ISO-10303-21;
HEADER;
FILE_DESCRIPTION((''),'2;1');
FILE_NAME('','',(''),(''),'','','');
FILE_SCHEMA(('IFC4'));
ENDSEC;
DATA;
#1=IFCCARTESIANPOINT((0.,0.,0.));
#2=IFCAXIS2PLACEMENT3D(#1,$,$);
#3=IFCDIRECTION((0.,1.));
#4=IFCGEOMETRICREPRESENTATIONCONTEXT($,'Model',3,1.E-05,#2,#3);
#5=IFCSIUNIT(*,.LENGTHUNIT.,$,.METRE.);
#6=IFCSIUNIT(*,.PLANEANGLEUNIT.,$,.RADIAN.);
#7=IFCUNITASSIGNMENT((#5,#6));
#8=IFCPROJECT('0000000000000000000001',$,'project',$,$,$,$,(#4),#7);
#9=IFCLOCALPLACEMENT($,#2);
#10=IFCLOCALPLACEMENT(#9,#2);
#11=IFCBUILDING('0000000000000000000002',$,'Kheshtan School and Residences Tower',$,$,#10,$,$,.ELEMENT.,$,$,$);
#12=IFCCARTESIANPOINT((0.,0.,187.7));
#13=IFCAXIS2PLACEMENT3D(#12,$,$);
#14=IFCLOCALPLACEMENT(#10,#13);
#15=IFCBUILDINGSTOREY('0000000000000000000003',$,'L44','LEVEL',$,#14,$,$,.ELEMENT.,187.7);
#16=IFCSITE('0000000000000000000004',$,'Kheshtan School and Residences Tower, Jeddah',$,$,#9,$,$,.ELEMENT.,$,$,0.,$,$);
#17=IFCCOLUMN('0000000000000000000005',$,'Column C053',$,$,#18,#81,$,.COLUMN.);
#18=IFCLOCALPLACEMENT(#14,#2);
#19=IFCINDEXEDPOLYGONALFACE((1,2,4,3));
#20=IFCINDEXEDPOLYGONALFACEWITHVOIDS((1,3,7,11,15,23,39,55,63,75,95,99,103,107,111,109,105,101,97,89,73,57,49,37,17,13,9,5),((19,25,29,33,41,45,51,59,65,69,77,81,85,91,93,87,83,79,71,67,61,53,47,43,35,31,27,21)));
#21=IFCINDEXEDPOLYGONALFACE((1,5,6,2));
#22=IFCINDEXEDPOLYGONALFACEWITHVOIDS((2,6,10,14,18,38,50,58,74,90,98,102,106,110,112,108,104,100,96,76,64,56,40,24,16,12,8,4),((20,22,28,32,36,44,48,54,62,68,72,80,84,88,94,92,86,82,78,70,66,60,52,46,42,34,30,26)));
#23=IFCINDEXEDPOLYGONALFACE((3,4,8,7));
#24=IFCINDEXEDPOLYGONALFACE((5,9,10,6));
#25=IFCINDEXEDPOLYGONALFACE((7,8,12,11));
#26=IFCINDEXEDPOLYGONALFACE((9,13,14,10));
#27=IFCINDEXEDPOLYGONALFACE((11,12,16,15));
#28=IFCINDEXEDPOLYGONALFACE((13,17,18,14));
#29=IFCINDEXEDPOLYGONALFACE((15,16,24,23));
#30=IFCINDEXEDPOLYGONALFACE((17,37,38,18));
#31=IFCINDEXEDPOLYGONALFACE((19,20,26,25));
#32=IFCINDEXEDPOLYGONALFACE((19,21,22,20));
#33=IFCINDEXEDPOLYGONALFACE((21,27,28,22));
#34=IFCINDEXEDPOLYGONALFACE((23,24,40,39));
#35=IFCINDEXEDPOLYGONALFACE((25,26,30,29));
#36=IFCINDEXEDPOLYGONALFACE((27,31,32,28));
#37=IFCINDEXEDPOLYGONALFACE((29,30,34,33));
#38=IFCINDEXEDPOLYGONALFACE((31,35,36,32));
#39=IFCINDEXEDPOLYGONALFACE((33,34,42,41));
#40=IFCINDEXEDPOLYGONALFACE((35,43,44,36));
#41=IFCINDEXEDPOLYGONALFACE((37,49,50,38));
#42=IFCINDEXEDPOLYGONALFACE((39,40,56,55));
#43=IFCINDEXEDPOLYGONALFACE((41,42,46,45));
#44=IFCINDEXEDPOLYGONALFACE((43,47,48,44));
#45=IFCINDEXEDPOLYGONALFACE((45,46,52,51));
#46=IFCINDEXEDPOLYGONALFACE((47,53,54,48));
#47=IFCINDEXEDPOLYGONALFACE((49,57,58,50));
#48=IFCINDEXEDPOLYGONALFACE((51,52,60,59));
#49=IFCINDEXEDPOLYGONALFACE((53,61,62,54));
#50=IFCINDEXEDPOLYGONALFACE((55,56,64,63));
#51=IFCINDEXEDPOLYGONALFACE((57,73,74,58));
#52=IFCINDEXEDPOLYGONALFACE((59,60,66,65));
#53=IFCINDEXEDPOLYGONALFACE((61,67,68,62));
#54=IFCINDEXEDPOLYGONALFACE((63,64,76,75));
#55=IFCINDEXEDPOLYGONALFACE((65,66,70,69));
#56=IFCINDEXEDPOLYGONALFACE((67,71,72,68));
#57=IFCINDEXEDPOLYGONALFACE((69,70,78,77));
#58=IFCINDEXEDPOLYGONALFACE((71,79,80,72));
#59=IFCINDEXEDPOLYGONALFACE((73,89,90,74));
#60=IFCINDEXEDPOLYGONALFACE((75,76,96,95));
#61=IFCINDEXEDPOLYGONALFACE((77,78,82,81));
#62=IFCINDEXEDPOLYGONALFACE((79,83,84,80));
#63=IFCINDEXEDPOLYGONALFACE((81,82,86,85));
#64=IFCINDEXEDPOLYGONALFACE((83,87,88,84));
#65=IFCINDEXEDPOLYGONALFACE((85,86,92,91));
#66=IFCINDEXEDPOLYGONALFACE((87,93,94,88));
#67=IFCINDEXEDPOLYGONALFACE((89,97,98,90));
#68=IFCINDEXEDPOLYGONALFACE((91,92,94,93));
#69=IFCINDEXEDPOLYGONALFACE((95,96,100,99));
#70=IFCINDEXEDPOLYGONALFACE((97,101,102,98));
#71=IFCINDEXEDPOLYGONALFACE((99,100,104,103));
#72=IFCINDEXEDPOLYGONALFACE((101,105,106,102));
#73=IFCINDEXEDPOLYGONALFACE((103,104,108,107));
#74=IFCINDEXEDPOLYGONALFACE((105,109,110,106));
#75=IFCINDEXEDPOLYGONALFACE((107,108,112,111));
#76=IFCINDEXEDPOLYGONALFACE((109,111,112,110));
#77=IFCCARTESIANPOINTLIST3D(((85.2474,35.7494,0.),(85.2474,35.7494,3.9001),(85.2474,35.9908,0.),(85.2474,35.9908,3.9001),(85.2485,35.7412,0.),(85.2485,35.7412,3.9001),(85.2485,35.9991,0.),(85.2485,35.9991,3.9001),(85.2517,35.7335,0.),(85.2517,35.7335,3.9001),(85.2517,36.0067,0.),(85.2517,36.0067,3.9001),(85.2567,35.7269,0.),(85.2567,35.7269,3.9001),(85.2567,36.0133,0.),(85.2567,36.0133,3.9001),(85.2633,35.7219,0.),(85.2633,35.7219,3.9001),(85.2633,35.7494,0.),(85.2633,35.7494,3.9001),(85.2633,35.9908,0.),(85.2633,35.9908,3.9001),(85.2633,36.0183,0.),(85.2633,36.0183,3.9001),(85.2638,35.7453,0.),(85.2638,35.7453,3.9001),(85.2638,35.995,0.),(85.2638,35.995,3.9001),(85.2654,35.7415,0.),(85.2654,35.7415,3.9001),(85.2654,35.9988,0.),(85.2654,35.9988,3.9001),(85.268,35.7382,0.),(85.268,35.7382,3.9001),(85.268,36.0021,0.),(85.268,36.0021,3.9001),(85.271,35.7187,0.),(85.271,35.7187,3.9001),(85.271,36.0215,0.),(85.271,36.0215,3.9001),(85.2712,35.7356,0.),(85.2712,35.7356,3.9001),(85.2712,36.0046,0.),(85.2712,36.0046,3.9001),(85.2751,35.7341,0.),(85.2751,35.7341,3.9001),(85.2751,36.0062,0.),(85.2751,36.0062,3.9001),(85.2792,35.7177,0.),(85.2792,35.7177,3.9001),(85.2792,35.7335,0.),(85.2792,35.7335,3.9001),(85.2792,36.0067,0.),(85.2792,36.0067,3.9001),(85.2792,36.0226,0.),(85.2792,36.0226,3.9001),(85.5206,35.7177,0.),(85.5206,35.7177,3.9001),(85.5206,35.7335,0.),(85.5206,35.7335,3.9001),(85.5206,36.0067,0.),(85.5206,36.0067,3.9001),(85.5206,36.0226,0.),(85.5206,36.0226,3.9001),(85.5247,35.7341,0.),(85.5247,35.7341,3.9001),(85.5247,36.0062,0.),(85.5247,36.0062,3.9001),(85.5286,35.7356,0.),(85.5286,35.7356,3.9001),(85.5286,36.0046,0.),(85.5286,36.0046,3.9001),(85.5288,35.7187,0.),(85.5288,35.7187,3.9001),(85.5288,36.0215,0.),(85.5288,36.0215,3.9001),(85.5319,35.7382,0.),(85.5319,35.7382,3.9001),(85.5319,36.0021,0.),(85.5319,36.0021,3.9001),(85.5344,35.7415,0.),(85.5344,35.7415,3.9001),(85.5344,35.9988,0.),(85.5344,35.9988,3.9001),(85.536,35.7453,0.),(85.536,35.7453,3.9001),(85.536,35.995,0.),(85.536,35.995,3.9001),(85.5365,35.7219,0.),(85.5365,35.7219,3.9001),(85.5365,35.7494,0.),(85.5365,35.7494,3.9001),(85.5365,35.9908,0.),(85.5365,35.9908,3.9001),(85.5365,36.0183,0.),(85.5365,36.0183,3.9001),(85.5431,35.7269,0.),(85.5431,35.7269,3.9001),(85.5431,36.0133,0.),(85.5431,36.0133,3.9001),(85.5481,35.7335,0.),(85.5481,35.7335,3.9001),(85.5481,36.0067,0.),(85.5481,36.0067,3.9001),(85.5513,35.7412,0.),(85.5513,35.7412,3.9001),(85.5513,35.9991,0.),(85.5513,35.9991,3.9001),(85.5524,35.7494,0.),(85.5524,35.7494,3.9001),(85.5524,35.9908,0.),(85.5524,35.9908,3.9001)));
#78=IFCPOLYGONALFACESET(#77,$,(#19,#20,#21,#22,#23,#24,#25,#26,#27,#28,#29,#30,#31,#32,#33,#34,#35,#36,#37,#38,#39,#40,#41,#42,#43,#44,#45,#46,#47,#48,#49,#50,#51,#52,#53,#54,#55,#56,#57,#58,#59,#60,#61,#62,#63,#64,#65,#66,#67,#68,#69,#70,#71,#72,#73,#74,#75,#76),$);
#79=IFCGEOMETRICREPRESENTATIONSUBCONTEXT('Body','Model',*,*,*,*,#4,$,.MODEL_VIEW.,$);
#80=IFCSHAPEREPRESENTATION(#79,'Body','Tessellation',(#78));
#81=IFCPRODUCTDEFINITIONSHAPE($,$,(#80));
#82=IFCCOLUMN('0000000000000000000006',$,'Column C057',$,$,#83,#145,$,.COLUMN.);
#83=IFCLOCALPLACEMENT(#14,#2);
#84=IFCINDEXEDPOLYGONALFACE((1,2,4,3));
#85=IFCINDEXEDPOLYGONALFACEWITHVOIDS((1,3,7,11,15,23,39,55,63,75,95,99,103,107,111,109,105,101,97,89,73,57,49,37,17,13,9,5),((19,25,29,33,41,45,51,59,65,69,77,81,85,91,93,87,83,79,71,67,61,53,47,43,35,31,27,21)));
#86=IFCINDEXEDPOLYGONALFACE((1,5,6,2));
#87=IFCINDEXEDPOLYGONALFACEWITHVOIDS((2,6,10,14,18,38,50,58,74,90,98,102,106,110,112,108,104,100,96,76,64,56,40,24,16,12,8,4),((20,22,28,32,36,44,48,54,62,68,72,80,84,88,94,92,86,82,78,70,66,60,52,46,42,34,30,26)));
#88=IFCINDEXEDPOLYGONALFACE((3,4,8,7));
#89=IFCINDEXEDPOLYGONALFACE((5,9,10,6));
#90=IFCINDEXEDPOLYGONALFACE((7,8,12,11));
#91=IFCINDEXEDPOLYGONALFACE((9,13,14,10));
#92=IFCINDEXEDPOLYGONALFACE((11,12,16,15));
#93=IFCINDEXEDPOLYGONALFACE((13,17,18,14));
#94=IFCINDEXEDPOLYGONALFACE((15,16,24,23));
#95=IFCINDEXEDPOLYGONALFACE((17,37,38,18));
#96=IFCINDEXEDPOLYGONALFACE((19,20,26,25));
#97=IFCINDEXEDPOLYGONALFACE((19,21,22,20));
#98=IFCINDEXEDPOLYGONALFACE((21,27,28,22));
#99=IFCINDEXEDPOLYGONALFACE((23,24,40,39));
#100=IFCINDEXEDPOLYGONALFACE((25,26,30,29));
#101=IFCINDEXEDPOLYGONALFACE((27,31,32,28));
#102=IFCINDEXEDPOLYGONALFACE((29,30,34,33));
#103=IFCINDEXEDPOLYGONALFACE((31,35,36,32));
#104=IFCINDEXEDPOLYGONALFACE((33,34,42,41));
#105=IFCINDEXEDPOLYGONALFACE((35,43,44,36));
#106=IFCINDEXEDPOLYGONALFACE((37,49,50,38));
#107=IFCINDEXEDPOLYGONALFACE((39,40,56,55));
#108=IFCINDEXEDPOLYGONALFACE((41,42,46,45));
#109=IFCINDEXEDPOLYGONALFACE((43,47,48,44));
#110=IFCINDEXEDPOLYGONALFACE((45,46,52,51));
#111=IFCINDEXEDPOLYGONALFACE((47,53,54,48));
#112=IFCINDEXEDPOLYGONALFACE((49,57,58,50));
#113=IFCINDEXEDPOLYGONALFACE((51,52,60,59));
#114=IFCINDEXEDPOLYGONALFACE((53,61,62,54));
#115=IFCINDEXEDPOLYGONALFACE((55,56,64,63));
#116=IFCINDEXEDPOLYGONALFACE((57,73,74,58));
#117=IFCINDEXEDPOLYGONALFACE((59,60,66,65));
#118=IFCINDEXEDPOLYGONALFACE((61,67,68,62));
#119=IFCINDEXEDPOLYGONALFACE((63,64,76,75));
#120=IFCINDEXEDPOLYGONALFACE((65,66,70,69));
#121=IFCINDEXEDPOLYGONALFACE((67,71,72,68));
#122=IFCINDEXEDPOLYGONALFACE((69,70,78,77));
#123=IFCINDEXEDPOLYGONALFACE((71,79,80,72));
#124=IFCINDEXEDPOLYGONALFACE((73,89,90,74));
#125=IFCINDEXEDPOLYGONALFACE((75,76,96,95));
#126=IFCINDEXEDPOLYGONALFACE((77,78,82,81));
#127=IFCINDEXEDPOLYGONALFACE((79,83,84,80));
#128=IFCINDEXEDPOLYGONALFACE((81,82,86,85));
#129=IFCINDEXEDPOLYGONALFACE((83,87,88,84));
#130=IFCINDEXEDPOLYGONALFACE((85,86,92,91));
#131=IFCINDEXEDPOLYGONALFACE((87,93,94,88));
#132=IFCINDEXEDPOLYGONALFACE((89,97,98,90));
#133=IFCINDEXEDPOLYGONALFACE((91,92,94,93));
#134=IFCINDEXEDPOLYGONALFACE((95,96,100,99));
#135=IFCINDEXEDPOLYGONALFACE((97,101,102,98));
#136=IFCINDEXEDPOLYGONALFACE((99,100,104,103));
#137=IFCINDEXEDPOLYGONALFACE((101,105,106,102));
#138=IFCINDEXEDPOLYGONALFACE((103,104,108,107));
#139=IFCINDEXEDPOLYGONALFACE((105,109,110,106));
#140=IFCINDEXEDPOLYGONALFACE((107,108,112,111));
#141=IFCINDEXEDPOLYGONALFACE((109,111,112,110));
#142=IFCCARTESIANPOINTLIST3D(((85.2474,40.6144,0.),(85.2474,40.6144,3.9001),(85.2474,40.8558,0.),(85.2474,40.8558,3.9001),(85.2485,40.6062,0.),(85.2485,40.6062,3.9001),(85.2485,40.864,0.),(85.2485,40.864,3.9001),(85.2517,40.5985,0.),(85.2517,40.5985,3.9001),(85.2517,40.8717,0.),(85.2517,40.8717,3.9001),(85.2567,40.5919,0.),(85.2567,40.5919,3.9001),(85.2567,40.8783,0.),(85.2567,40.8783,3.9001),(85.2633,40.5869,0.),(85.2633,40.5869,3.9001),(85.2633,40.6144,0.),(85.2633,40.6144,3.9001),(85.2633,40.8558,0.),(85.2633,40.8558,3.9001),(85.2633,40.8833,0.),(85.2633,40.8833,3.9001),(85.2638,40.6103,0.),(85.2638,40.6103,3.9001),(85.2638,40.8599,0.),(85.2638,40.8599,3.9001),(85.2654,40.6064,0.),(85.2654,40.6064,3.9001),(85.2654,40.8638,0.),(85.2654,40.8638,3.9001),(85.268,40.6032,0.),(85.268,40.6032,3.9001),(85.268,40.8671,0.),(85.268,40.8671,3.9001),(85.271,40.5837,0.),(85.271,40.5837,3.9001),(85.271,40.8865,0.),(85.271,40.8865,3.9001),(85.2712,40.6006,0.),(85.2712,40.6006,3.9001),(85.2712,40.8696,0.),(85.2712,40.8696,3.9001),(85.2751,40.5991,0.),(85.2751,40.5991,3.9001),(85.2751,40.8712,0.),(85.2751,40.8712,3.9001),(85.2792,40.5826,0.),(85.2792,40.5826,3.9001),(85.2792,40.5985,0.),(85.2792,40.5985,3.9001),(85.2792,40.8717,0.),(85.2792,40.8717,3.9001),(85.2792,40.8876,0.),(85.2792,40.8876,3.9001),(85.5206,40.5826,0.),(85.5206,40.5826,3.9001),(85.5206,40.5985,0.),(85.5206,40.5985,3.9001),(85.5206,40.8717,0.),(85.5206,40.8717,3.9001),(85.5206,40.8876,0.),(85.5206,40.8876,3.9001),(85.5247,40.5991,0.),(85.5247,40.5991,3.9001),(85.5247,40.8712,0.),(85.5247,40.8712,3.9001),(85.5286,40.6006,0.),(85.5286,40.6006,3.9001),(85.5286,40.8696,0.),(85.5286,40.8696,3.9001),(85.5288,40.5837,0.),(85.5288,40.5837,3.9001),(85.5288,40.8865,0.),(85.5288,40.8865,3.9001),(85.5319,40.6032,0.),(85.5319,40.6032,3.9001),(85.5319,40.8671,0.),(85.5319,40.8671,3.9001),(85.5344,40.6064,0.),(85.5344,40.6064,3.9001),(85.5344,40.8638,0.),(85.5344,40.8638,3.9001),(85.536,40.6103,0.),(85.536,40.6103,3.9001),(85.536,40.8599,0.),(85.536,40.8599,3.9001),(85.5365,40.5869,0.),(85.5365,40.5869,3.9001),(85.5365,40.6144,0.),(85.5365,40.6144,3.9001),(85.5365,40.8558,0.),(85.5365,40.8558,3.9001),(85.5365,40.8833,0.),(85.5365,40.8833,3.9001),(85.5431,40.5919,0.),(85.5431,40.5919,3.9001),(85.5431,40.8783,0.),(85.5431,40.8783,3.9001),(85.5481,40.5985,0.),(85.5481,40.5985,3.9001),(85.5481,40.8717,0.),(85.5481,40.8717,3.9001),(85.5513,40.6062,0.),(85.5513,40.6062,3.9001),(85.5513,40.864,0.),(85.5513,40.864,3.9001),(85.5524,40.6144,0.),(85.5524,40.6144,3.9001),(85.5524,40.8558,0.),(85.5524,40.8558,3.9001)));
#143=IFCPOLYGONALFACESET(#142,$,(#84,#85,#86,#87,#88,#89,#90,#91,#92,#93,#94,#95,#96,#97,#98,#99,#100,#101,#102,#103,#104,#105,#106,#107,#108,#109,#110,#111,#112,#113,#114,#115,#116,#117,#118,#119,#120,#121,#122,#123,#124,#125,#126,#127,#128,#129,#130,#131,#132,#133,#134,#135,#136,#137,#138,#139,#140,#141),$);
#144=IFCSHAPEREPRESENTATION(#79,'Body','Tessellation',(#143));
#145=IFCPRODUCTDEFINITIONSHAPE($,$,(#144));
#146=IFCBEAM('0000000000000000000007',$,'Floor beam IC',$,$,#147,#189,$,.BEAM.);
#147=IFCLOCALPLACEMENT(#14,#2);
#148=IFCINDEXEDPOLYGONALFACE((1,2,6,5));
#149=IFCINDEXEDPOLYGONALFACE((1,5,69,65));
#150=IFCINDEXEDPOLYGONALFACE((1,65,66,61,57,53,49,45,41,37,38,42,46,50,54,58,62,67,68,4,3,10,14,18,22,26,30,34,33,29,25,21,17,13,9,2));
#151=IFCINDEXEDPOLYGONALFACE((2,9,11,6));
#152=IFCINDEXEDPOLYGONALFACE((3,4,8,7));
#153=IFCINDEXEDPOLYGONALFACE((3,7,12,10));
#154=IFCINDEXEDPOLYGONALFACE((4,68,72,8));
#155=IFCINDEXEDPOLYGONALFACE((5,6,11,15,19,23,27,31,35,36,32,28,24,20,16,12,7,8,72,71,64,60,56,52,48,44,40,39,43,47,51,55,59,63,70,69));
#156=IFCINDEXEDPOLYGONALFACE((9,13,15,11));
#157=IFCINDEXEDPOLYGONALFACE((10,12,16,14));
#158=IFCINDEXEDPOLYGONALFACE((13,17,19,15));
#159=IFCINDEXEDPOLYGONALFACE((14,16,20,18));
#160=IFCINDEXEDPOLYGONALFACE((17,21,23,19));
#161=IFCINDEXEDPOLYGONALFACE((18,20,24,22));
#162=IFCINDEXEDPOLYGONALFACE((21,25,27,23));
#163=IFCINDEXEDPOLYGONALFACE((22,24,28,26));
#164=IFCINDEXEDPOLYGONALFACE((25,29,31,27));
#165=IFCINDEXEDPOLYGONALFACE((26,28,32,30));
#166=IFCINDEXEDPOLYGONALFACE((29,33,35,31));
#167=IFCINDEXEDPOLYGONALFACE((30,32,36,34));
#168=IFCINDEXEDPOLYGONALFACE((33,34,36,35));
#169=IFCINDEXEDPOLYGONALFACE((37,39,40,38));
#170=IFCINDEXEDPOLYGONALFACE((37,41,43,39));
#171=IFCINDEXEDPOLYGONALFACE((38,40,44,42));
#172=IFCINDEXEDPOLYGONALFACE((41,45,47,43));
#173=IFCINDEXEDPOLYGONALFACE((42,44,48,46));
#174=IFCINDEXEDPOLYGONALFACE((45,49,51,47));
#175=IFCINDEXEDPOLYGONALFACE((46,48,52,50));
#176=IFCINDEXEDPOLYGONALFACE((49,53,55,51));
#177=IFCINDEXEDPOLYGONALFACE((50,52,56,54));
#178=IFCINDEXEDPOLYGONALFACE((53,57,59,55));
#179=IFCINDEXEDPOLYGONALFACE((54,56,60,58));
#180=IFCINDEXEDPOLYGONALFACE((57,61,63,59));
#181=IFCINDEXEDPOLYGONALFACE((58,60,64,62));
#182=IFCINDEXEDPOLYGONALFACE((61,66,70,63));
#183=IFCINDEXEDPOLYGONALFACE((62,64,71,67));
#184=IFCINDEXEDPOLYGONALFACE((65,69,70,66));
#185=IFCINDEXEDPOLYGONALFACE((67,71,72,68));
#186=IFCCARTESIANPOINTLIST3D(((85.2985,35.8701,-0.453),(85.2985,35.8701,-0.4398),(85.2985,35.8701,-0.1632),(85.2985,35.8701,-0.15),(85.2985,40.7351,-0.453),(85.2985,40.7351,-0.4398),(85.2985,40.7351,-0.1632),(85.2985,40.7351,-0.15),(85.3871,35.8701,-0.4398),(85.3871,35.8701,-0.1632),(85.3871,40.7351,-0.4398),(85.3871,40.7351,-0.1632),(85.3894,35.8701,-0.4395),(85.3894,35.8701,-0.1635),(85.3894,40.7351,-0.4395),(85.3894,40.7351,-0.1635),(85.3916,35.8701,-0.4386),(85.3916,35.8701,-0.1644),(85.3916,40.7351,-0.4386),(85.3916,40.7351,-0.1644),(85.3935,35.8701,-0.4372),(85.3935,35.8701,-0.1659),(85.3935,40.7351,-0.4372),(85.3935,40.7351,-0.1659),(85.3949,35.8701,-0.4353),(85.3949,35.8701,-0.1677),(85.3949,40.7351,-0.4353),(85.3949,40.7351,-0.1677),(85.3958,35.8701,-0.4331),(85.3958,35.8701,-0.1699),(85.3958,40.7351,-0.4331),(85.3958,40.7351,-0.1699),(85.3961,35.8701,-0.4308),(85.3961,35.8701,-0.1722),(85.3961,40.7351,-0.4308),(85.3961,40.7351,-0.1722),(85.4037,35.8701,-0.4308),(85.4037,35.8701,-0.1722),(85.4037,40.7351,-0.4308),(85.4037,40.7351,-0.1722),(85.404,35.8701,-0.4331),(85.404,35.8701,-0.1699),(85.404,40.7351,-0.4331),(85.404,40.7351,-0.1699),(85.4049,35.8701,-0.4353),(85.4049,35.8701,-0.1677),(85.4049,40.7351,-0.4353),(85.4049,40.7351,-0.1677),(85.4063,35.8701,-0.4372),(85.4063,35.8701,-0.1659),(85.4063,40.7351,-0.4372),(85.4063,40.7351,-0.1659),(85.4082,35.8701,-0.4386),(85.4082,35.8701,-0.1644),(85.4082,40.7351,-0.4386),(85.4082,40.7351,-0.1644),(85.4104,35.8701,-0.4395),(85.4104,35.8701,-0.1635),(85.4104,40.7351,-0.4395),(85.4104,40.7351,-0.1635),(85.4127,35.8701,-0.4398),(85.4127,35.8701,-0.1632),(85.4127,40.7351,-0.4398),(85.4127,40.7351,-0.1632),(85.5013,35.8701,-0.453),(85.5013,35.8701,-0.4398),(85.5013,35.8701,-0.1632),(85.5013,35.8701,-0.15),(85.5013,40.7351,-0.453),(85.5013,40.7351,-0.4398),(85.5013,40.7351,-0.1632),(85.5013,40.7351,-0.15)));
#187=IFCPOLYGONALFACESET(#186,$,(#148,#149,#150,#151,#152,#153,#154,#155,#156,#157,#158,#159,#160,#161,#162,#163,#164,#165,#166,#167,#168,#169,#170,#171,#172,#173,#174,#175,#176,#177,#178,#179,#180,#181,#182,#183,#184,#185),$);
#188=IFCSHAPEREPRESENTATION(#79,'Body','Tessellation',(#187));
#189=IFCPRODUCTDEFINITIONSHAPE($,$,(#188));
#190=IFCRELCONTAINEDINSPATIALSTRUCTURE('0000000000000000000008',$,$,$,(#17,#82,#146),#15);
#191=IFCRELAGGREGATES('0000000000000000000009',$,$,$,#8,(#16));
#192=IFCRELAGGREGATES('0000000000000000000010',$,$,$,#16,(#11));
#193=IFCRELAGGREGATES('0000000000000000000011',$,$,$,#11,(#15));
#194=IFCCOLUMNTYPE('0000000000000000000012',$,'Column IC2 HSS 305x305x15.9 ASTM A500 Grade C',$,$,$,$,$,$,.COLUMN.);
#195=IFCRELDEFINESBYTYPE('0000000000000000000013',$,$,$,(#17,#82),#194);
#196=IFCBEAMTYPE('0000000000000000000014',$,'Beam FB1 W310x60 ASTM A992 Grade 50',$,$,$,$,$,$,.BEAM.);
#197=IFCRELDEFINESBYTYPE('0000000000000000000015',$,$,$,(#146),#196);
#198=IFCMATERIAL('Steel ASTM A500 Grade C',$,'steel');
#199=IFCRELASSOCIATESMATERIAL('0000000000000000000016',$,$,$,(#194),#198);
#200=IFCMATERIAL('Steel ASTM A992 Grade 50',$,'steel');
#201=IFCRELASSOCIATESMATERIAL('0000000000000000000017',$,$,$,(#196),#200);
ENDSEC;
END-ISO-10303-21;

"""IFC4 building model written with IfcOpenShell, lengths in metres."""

from ifc_helpers import new_model, si_unit, direction, frame, origin, origin_2d, place, context, subcontext, project, spatial, hollow_rectangle, i_section, extrude, material, material_profile, profile_set, type_object, element, save


model = new_model("IFC4")

# Units and contexts
model_context = context("Model", 3, precision=1e-05, world=origin(), true_north=direction((0.0, 1.0)))
body_context = subcontext(model_context, "Body", "Model", "MODEL_VIEW")
ifc_project = project(units=[si_unit("LENGTHUNIT", "METRE"), si_unit("PLANEANGLEUNIT", "RADIAN")], contexts=[model_context])

# Site, building, storey
site_placement = place(None, origin())
site = spatial("IfcSite", under=ifc_project, at=site_placement, Name="Kheshtan School and Residences Tower, Jeddah", CompositionType="ELEMENT", RefElevation=0.0)
building_placement = place(site_placement, origin())
building = spatial("IfcBuilding", under=site, at=building_placement, Name="Kheshtan School and Residences Tower", CompositionType="ELEMENT")
storey_placement = place(building_placement, frame((0.0, 0.0, 187.7)))
storey = spatial("IfcBuildingStorey", under=building, at=storey_placement, Name="L44", Description="LEVEL", CompositionType="ELEMENT", Elevation=187.7)

# Columns
ifc_material_1 = material(Name="Steel ASTM A500 Grade C", Category="steel")
ifc_material_profile_1 = material_profile(ifc_material_1, hollow_rectangle(XDim=0.3049, YDim=0.3049, WallThickness=0.0159, InnerFilletRadius=0.0159, OuterFilletRadius=0.0317, at=origin_2d()), Name="HSS 305x305x15.9")
ifc_profile_set_1 = profile_set([ifc_material_profile_1], Name="Steel ASTM A500 Grade C")
column_type = type_object("IfcColumnType", Name="Column IC2 HSS 305x305x15.9 ASTM A500 Grade C", PredefinedType="COLUMN", material=ifc_profile_set_1)
for number, where, z_axis, x_axis, name in (
    (1, (85.3999, 35.8701, 0.0), (0.0, 0.0, 1.0), (1.0, 0.0, 0.0), "Column C053"),
    (2, (85.3999, 40.7351, 0.0), (0.0, 0.0, 1.0), (1.0, 0.0, 0.0), "Column C057"),
):
    element("IfcColumn", number, at=place(storey_placement, frame(where, z_axis=z_axis, x_axis=x_axis)), inside=storey, type_object=column_type, Name=name, PredefinedType="COLUMN", context=body_context, shape_type="SweptSolid", body=[
        extrude(hollow_rectangle(XDim=0.3049, YDim=0.3049, WallThickness=0.0159, InnerFilletRadius=0.0159, OuterFilletRadius=0.0317, at=origin_2d()), origin(), (0.0, 0.0, 1.0), 3.9001),
    ])

# Beam
ifc_material_2 = material(Name="Steel ASTM A992 Grade 50", Category="steel")
ifc_material_profile_2 = material_profile(ifc_material_2, i_section(OverallWidth=0.2029, OverallDepth=0.303, WebThickness=0.0076, FlangeThickness=0.0132, FilletRadius=0.009, at=origin_2d()), Name="W310x60")
ifc_profile_set_2 = profile_set([ifc_material_profile_2], Name="Steel ASTM A992 Grade 50")
beam_type = type_object("IfcBeamType", Name="Beam FB1 W310x60 ASTM A992 Grade 50", PredefinedType="BEAM", material=ifc_profile_set_2)
beam_placement = place(storey_placement, frame((85.3999, 40.7351, -0.3015), z_axis=(0.0, -1.0, 0.0), x_axis=(1.0, 0.0, 0.0)))
element("IfcBeam", 3, at=beam_placement, inside=storey, type_object=beam_type, Name="Floor beam IC", PredefinedType="BEAM", context=body_context, shape_type="SweptSolid", body=[
    extrude(i_section(OverallWidth=0.2029, OverallDepth=0.303, WebThickness=0.0076, FlangeThickness=0.0132, FilletRadius=0.009, at=origin_2d()), origin(), (0.0, 0.0, 1.0), 4.865),
])

save(model, "model.ifc")
